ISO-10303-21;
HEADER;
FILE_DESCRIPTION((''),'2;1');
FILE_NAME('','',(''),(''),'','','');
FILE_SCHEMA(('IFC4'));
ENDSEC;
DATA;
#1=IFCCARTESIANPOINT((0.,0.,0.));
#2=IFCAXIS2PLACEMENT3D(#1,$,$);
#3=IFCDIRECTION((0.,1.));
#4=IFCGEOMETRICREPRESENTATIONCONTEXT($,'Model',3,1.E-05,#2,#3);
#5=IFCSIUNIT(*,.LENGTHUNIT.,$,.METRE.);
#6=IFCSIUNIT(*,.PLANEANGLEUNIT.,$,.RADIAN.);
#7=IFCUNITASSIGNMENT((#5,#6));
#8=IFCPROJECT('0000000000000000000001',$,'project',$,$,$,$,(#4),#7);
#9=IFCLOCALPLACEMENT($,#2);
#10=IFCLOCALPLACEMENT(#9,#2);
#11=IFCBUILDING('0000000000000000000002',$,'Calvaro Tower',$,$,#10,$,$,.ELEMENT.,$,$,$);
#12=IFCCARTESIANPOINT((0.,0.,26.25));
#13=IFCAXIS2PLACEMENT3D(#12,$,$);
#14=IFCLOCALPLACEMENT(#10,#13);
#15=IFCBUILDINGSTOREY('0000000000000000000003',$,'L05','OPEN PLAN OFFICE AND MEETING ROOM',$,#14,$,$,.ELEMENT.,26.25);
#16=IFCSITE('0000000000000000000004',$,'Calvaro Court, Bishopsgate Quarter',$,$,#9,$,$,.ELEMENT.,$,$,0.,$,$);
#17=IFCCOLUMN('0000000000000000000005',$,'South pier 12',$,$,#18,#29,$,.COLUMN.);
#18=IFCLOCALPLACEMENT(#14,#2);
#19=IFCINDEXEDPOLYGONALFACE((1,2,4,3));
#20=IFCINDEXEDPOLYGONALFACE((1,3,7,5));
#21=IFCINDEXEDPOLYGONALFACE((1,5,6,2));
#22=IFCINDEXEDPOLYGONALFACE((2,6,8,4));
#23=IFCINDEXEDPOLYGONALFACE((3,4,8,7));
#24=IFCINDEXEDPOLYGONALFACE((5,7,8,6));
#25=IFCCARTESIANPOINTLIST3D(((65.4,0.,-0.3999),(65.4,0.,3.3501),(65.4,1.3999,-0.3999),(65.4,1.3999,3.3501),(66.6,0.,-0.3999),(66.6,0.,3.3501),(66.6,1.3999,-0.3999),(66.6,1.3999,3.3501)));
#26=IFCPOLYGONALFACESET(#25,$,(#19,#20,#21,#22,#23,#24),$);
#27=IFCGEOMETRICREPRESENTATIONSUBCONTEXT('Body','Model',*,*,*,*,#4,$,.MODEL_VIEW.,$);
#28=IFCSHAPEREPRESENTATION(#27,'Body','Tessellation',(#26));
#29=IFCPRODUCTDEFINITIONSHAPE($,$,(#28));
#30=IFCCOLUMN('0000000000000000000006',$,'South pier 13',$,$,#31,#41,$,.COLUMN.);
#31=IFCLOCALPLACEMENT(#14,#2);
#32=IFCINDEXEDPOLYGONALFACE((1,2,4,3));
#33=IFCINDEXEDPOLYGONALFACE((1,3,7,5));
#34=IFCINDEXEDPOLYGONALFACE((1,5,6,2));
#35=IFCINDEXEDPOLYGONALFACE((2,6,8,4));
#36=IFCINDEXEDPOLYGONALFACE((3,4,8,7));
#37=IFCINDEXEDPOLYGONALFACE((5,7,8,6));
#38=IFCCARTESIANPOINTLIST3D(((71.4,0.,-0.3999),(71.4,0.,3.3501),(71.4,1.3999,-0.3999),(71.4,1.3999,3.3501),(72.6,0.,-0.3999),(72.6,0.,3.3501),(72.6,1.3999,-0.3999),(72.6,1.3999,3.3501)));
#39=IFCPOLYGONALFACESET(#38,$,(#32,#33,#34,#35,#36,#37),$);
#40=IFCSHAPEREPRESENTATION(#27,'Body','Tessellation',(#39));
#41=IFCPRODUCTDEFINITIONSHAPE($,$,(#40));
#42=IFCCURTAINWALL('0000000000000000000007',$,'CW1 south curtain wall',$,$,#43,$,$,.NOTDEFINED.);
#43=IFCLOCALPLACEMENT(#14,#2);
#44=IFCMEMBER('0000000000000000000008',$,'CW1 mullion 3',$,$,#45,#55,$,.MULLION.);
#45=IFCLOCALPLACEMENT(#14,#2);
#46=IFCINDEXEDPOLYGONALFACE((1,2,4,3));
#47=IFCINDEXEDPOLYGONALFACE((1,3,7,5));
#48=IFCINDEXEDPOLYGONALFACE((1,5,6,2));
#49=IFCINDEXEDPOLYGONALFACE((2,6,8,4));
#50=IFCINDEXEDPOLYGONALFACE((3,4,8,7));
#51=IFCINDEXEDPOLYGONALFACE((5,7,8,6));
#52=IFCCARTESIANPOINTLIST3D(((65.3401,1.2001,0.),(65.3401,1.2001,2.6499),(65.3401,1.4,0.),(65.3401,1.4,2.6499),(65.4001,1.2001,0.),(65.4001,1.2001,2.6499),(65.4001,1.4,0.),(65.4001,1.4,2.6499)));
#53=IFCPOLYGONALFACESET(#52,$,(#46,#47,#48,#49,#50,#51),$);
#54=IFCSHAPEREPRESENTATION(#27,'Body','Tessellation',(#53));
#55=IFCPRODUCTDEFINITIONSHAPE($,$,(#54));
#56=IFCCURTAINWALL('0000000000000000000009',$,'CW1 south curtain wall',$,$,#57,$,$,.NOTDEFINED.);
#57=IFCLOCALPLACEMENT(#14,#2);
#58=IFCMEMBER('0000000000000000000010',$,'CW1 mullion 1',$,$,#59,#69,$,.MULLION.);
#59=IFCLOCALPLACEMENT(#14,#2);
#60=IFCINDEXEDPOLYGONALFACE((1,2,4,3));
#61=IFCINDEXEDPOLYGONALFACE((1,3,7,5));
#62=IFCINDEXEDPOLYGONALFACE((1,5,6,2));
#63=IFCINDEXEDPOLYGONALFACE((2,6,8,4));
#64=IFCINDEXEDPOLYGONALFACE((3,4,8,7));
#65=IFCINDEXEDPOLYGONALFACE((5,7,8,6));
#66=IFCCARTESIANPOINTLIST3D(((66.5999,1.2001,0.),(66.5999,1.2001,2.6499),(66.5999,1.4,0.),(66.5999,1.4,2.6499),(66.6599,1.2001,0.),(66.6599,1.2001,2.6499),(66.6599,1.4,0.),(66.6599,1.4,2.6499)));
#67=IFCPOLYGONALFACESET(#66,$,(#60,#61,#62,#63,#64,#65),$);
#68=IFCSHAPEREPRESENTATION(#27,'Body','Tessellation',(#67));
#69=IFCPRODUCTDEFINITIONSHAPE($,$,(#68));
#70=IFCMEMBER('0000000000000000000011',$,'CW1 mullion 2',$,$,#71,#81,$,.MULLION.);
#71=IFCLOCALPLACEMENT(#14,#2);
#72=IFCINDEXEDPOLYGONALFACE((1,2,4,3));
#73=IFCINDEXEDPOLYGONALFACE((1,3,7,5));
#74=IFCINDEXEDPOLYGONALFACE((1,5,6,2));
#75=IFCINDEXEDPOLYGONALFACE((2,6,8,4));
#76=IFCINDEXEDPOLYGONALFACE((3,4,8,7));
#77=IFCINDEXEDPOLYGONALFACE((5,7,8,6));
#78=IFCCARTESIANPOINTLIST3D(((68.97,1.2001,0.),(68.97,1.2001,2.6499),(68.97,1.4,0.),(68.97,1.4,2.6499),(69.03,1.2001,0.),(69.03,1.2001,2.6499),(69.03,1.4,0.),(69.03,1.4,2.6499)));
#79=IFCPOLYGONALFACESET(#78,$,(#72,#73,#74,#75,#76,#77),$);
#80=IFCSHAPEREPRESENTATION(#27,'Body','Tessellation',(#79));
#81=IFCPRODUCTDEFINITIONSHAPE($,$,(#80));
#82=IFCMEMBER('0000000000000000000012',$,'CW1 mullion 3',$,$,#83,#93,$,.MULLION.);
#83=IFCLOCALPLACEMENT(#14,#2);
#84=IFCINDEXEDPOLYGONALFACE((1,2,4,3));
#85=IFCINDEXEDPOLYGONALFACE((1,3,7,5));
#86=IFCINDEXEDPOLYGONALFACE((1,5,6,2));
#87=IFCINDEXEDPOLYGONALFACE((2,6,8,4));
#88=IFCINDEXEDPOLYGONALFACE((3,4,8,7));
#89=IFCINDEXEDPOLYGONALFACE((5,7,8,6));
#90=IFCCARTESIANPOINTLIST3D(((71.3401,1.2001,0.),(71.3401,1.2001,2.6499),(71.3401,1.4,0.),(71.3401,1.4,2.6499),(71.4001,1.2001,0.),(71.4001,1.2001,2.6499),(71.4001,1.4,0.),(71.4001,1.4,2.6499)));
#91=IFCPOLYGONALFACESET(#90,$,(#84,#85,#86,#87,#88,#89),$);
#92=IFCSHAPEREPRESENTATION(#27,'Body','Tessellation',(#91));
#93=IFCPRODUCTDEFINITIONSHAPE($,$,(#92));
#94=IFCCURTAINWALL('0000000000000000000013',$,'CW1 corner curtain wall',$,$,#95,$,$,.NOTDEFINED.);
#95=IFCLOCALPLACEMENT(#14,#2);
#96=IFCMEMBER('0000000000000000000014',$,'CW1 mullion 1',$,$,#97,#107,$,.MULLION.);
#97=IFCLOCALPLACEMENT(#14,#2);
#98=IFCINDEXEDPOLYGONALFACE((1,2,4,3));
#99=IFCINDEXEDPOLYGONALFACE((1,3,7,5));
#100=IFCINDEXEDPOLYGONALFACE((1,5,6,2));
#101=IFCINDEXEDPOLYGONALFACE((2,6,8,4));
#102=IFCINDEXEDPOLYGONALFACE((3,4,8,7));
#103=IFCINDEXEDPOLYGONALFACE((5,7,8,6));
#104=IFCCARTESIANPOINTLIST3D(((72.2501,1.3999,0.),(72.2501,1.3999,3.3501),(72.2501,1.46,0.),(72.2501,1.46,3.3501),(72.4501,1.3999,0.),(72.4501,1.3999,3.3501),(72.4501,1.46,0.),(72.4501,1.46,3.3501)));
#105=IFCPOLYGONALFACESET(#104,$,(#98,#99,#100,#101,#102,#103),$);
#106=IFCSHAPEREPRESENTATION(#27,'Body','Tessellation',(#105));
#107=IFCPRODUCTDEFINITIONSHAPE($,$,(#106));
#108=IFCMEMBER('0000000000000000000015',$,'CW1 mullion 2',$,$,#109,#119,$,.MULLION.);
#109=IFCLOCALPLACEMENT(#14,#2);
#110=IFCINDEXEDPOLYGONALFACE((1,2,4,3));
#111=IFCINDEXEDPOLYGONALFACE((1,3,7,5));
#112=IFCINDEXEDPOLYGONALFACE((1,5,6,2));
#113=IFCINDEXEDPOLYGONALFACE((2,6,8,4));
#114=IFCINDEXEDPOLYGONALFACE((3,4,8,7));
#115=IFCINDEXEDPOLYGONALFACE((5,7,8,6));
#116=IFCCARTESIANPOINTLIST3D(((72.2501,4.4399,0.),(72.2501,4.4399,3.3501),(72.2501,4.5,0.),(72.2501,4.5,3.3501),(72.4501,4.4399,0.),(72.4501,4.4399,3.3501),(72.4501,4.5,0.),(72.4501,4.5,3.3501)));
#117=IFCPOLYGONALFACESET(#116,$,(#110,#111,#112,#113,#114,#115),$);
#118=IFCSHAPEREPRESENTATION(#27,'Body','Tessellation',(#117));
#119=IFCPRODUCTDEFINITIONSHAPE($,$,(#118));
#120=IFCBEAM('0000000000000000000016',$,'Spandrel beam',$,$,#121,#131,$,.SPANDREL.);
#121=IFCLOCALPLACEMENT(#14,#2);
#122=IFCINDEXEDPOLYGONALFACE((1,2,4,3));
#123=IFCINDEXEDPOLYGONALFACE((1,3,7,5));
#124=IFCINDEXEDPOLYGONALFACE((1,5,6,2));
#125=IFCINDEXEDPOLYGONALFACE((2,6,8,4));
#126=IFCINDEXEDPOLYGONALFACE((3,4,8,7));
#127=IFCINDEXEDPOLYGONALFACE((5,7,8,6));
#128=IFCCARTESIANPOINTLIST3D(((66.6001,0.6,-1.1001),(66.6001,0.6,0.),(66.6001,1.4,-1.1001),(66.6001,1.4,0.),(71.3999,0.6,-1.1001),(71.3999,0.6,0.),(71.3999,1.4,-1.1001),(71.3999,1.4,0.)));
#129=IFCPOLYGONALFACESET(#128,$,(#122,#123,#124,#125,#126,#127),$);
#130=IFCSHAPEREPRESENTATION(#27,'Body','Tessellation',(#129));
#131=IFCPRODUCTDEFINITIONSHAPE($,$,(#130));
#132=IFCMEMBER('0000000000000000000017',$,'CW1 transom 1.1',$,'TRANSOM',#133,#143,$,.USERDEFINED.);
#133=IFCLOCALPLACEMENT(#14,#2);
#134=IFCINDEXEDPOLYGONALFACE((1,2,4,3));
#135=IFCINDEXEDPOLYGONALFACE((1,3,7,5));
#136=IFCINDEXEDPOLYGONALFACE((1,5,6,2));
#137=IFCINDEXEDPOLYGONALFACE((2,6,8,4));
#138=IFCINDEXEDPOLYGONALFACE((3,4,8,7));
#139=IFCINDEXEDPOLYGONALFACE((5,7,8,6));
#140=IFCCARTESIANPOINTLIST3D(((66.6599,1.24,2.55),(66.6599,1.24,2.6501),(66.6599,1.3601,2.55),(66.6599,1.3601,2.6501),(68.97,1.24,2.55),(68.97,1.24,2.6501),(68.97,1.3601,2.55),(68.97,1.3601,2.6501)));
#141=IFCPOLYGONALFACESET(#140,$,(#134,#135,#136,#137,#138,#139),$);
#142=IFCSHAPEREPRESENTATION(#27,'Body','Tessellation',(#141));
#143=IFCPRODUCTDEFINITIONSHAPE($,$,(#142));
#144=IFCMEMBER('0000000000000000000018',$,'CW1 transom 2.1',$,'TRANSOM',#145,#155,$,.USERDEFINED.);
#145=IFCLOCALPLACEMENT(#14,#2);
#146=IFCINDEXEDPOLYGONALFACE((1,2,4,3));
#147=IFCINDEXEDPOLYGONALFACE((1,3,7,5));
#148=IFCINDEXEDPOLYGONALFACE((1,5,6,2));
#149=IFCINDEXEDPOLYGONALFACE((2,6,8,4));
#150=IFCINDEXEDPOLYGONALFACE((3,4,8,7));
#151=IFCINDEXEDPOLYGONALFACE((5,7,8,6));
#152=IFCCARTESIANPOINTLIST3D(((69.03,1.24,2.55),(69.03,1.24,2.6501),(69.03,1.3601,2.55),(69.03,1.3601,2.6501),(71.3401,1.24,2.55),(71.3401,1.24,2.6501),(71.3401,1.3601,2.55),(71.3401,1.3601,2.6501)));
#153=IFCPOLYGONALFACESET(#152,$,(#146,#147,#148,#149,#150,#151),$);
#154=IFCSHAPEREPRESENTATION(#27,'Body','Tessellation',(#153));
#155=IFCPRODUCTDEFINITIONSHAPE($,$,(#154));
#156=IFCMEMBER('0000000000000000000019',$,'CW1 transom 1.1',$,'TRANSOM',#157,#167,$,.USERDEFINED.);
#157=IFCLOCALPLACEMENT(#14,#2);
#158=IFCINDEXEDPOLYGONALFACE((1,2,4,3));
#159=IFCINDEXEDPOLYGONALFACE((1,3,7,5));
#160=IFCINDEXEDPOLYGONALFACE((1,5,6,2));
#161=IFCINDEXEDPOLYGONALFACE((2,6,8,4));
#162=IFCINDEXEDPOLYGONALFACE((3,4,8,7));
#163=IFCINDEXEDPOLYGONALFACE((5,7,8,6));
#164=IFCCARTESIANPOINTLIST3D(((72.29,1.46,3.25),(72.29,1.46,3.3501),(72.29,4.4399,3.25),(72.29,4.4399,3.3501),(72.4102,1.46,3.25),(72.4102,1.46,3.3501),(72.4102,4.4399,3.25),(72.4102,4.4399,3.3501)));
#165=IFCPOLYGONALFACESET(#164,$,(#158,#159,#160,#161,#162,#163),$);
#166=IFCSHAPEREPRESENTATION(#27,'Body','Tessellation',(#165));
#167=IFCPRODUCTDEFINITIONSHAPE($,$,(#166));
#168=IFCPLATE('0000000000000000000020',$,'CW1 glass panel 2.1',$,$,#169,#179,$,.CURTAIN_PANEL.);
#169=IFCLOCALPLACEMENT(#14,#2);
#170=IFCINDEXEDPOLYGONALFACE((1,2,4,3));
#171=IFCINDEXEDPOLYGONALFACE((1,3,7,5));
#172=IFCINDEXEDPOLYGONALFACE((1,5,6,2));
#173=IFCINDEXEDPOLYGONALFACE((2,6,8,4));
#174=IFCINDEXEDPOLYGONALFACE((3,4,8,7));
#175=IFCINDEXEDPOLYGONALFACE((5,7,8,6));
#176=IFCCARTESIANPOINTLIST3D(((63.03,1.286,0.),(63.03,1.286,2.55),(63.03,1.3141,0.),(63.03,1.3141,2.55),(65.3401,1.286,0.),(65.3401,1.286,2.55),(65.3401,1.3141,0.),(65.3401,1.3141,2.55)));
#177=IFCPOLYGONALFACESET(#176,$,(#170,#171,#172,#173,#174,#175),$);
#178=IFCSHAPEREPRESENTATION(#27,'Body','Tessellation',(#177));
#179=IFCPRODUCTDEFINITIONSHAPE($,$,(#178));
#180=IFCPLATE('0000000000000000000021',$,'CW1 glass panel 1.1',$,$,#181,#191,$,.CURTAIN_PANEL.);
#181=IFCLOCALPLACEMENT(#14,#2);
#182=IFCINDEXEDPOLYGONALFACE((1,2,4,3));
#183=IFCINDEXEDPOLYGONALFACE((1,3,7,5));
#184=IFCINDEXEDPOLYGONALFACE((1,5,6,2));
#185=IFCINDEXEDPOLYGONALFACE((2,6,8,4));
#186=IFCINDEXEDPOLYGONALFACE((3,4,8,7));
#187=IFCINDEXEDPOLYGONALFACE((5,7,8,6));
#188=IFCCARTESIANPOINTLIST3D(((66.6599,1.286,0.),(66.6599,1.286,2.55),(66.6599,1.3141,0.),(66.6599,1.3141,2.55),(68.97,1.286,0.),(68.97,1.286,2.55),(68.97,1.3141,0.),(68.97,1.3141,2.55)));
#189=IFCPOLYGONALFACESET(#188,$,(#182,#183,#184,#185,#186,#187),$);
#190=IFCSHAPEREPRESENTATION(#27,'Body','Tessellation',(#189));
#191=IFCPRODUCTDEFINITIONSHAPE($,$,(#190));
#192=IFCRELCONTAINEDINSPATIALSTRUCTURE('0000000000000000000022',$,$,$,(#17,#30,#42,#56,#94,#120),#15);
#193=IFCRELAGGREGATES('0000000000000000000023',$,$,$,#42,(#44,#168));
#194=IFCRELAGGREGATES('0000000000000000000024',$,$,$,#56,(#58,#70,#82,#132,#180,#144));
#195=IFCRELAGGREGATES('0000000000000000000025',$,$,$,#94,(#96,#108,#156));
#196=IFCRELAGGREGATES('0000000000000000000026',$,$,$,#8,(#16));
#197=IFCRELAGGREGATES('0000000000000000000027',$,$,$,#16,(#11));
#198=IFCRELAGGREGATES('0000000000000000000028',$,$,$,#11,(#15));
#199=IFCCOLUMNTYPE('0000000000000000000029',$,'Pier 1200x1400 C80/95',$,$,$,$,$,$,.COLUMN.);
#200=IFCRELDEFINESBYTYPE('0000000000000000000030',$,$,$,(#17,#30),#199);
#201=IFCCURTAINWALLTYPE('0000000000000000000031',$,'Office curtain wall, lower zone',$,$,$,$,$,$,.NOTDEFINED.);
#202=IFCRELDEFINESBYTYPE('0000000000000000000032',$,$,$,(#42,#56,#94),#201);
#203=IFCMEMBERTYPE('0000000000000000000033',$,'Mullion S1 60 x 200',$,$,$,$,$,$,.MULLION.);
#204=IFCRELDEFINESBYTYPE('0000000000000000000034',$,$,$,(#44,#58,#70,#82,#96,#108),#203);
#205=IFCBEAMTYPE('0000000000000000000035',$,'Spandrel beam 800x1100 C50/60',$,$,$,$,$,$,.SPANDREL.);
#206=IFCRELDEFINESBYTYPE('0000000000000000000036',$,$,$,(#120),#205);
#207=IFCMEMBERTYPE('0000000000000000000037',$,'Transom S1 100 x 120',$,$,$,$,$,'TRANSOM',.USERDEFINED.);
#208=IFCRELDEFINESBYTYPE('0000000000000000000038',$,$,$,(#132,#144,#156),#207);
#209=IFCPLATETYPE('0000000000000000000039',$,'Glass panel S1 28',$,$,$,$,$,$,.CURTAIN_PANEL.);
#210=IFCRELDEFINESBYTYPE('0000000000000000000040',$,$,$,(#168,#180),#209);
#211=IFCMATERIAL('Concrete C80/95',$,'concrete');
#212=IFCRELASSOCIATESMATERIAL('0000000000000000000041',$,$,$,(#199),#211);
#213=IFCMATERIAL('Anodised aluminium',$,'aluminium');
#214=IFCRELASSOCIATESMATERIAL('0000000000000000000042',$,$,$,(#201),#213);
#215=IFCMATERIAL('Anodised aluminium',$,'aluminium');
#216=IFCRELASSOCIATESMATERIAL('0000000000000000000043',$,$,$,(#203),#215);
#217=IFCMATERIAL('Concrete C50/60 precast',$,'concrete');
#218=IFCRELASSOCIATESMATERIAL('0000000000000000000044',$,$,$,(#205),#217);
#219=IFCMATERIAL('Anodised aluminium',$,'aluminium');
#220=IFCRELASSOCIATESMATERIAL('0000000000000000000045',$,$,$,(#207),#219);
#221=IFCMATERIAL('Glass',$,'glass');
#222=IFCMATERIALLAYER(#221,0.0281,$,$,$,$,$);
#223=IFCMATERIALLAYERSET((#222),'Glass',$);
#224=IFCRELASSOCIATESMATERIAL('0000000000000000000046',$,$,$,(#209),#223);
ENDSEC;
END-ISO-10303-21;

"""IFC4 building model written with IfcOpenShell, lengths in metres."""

from ifc_helpers import new_model, si_unit, direction, frame, origin, origin_2d, place, context, subcontext, project, spatial, rectangle, extrude, material, layer, layer_set, material_profile, profile_set, type_object, element, aggregate, save


model = new_model("IFC4")

# Units and contexts
model_context = context("Model", 3, precision=1e-05, world=origin(), true_north=direction((0.0, 1.0)))
body_context = subcontext(model_context, "Body", "Model", "MODEL_VIEW")
ifc_project = project(units=[si_unit("LENGTHUNIT", "METRE"), si_unit("PLANEANGLEUNIT", "RADIAN")], contexts=[model_context])

# Site, building, storey
site_placement = place(None, origin())
site = spatial("IfcSite", under=ifc_project, at=site_placement, Name="Calvaro Court, Bishopsgate Quarter", CompositionType="ELEMENT", RefElevation=0.0)
building_placement = place(site_placement, origin())
building = spatial("IfcBuilding", under=site, at=building_placement, Name="Calvaro Tower", CompositionType="ELEMENT")
storey_placement = place(building_placement, frame((0.0, 0.0, 26.25)))
storey = spatial("IfcBuildingStorey", under=building, at=storey_placement, Name="L05", Description="OPEN PLAN OFFICE AND MEETING ROOM", CompositionType="ELEMENT", Elevation=26.25)

# Columns
ifc_material_1 = material(Name="Concrete C80/95", Category="concrete")
ifc_material_profile_1 = material_profile(ifc_material_1, rectangle(XDim=1.2, YDim=1.3999, at=origin_2d()), Name="RC 1200x1400")
ifc_profile_set_1 = profile_set([ifc_material_profile_1], Name="Concrete C80/95")
column_type = type_object("IfcColumnType", Name="Pier 1200x1400 C80/95", PredefinedType="COLUMN", material=ifc_profile_set_1)
for number, where, z_axis, x_axis, name in (
    (1, (66.0, 0.7, -0.3999), (0.0, 0.0, 1.0), (1.0, 0.0, 0.0), "South pier 12"),
    (2, (72.0, 0.7, -0.3999), (0.0, 0.0, 1.0), (1.0, 0.0, 0.0), "South pier 13"),
):
    element("IfcColumn", number, at=place(storey_placement, frame(where, z_axis=z_axis, x_axis=x_axis)), inside=storey, type_object=column_type, Name=name, PredefinedType="COLUMN", context=body_context, shape_type="SweptSolid", body=[
        extrude(rectangle(XDim=1.2, YDim=1.3999, at=origin_2d()), origin(), (0.0, 0.0, 1.0), 3.75),
    ])

# Curtain wall, member
ifc_material_2 = material(Name="Anodised aluminium", Category="aluminium")
curtain_wall_type = type_object("IfcCurtainWallType", Name="Office curtain wall, lower zone", PredefinedType="NOTDEFINED", material=ifc_material_2)
curtain_wall_1_placement = place(storey_placement, origin())
curtain_wall_1 = element("IfcCurtainWall", 3, at=curtain_wall_1_placement, inside=storey, type_object=curtain_wall_type, Name="CW1 south curtain wall", PredefinedType="NOTDEFINED")
ifc_material_3 = material(Name="Anodised aluminium", Category="aluminium")
ifc_material_profile_2 = material_profile(ifc_material_3, rectangle(XDim=0.2, YDim=0.0601, at=origin_2d()), Name="Mullion S1 60 x 200")
ifc_profile_set_2 = profile_set([ifc_material_profile_2], Name="Anodised aluminium")
member_type_1 = type_object("IfcMemberType", Name="Mullion S1 60 x 200", PredefinedType="MULLION", material=ifc_profile_set_2)
member_1_placement = place(storey_placement, frame((65.3701, 1.3, 0.0), z_axis=(0.0, 0.0, 1.0), x_axis=(0.0, 1.0, 0.0)))
member_1 = element("IfcMember", 4, at=member_1_placement, type_object=member_type_1, Name="CW1 mullion 3", PredefinedType="MULLION", context=body_context, shape_type="SweptSolid", body=[
    extrude(rectangle(XDim=0.2, YDim=0.0601, at=origin_2d()), origin(), (0.0, 0.0, 1.0), 2.6499),
])

# Curtain walls, members
curtain_wall_2_placement = place(storey_placement, origin())
curtain_wall_2 = element("IfcCurtainWall", 5, at=curtain_wall_2_placement, inside=storey, type_object=curtain_wall_type, Name="CW1 south curtain wall", PredefinedType="NOTDEFINED")
member_2_placement = place(storey_placement, frame((66.6299, 1.3, 0.0), z_axis=(0.0, 0.0, 1.0), x_axis=(0.0, 1.0, 0.0)))
member_2 = element("IfcMember", 6, at=member_2_placement, type_object=member_type_1, Name="CW1 mullion 1", PredefinedType="MULLION", context=body_context, shape_type="SweptSolid", body=[
    extrude(rectangle(XDim=0.2, YDim=0.0601, at=origin_2d()), origin(), (0.0, 0.0, 1.0), 2.6499),
])
member_3_placement = place(storey_placement, frame((69.0, 1.3, 0.0), z_axis=(0.0, 0.0, 1.0), x_axis=(0.0, 1.0, 0.0)))
member_3 = element("IfcMember", 7, at=member_3_placement, type_object=member_type_1, Name="CW1 mullion 2", PredefinedType="MULLION", context=body_context, shape_type="SweptSolid", body=[
    extrude(rectangle(XDim=0.2, YDim=0.0601, at=origin_2d()), origin(), (0.0, 0.0, 1.0), 2.6499),
])
member_4_placement = place(storey_placement, frame((71.3701, 1.3, 0.0), z_axis=(0.0, 0.0, 1.0), x_axis=(0.0, 1.0, 0.0)))
member_4 = element("IfcMember", 8, at=member_4_placement, type_object=member_type_1, Name="CW1 mullion 3", PredefinedType="MULLION", context=body_context, shape_type="SweptSolid", body=[
    extrude(rectangle(XDim=0.2, YDim=0.0601, at=origin_2d()), origin(), (0.0, 0.0, 1.0), 2.6499),
])
curtain_wall_3_placement = place(storey_placement, origin())
curtain_wall_3 = element("IfcCurtainWall", 9, at=curtain_wall_3_placement, inside=storey, type_object=curtain_wall_type, Name="CW1 corner curtain wall", PredefinedType="NOTDEFINED")
member_5_placement = place(storey_placement, frame((72.3501, 1.4299, 0.0), z_axis=(0.0, 0.0, 1.0), x_axis=(-1.0, 0.0, 0.0)))
member_5 = element("IfcMember", 10, at=member_5_placement, type_object=member_type_1, Name="CW1 mullion 1", PredefinedType="MULLION", context=body_context, shape_type="SweptSolid", body=[
    extrude(rectangle(XDim=0.2, YDim=0.0601, at=origin_2d()), origin(), (0.0, 0.0, 1.0), 3.3501),
])
member_6_placement = place(storey_placement, frame((72.3501, 4.47, 0.0), z_axis=(0.0, 0.0, 1.0), x_axis=(-1.0, 0.0, 0.0)))
member_6 = element("IfcMember", 11, at=member_6_placement, type_object=member_type_1, Name="CW1 mullion 2", PredefinedType="MULLION", context=body_context, shape_type="SweptSolid", body=[
    extrude(rectangle(XDim=0.2, YDim=0.0601, at=origin_2d()), origin(), (0.0, 0.0, 1.0), 3.3501),
])

# Beam
ifc_material_4 = material(Name="Concrete C50/60 precast", Category="concrete")
ifc_material_profile_3 = material_profile(ifc_material_4, rectangle(XDim=0.8, YDim=1.1001, at=origin_2d()), Name="RC 800x1100")
ifc_profile_set_3 = profile_set([ifc_material_profile_3], Name="Concrete C50/60 precast")
beam_type = type_object("IfcBeamType", Name="Spandrel beam 800x1100 C50/60", PredefinedType="SPANDREL", material=ifc_profile_set_3)
beam_placement = place(storey_placement, frame((66.6001, 1.0, -0.55), z_axis=(1.0, 0.0, 0.0), x_axis=(0.0, 1.0, 0.0)))
element("IfcBeam", 12, at=beam_placement, inside=storey, type_object=beam_type, Name="Spandrel beam", PredefinedType="SPANDREL", context=body_context, shape_type="SweptSolid", body=[
    extrude(rectangle(XDim=0.8, YDim=1.1001, at=origin_2d()), origin(), (0.0, 0.0, 1.0), 4.7998),
])

# Members
ifc_material_5 = material(Name="Anodised aluminium", Category="aluminium")
ifc_material_profile_4 = material_profile(ifc_material_5, rectangle(XDim=0.1201, YDim=0.1001, at=origin_2d()), Name="Transom S1 100 x 120")
ifc_profile_set_4 = profile_set([ifc_material_profile_4], Name="Anodised aluminium")
member_type_2 = type_object("IfcMemberType", Name="Transom S1 100 x 120", ElementType="TRANSOM", PredefinedType="USERDEFINED", material=ifc_profile_set_4)
member_7_placement = place(storey_placement, frame((66.6599, 1.3, 2.6001), z_axis=(1.0, 0.0, 0.0), x_axis=(0.0, 1.0, 0.0)))
member_7 = element("IfcMember", 13, at=member_7_placement, type_object=member_type_2, Name="CW1 transom 1.1", ObjectType="TRANSOM", PredefinedType="USERDEFINED", context=body_context, shape_type="SweptSolid", body=[
    extrude(rectangle(XDim=0.1201, YDim=0.1001, at=origin_2d()), origin(), (0.0, 0.0, 1.0), 2.3101),
])
member_8_placement = place(storey_placement, frame((69.03, 1.3, 2.6001), z_axis=(1.0, 0.0, 0.0), x_axis=(0.0, 1.0, 0.0)))
member_8 = element("IfcMember", 14, at=member_8_placement, type_object=member_type_2, Name="CW1 transom 2.1", ObjectType="TRANSOM", PredefinedType="USERDEFINED", context=body_context, shape_type="SweptSolid", body=[
    extrude(rectangle(XDim=0.1201, YDim=0.1001, at=origin_2d()), origin(), (0.0, 0.0, 1.0), 2.3101),
])
member_9_placement = place(storey_placement, frame((72.3501, 1.46, 3.3), z_axis=(0.0, 1.0, 0.0), x_axis=(-1.0, 0.0, 0.0)))
member_9 = element("IfcMember", 15, at=member_9_placement, type_object=member_type_2, Name="CW1 transom 1.1", ObjectType="TRANSOM", PredefinedType="USERDEFINED", context=body_context, shape_type="SweptSolid", body=[
    extrude(rectangle(XDim=0.1201, YDim=0.1001, at=origin_2d()), origin(), (0.0, 0.0, 1.0), 2.98),
])

# Plates
ifc_material_6 = material(Name="Glass", Category="glass")
ifc_layer_1 = layer(ifc_material_6, 0.0281)
ifc_layer_set_1 = layer_set([ifc_layer_1], Name="Glass")
plate_type = type_object("IfcPlateType", Name="Glass panel S1 28", PredefinedType="CURTAIN_PANEL", material=ifc_layer_set_1)
plate_1_placement = place(storey_placement, frame((64.1851, 1.3, 0.0), z_axis=(0.0, 0.0, 1.0), x_axis=(1.0, 0.0, 0.0)))
plate_1 = element("IfcPlate", 16, at=plate_1_placement, type_object=plate_type, Name="CW1 glass panel 2.1", PredefinedType="CURTAIN_PANEL", context=body_context, shape_type="SweptSolid", body=[
    extrude(rectangle(XDim=2.3101, YDim=0.0281, at=origin_2d()), origin(), (0.0, 0.0, 1.0), 2.55),
])
aggregate(curtain_wall_1, [member_1, plate_1])
plate_2_placement = place(storey_placement, frame((67.8149, 1.3, 0.0), z_axis=(0.0, 0.0, 1.0), x_axis=(1.0, 0.0, 0.0)))
plate_2 = element("IfcPlate", 17, at=plate_2_placement, type_object=plate_type, Name="CW1 glass panel 1.1", PredefinedType="CURTAIN_PANEL", context=body_context, shape_type="SweptSolid", body=[
    extrude(rectangle(XDim=2.3101, YDim=0.0281, at=origin_2d()), origin(), (0.0, 0.0, 1.0), 2.55),
])
aggregate(curtain_wall_2, [member_2, member_3, member_4, member_7, plate_2, member_8])
aggregate(curtain_wall_3, [member_5, member_6, member_9])

save(model, "model.ifc")
